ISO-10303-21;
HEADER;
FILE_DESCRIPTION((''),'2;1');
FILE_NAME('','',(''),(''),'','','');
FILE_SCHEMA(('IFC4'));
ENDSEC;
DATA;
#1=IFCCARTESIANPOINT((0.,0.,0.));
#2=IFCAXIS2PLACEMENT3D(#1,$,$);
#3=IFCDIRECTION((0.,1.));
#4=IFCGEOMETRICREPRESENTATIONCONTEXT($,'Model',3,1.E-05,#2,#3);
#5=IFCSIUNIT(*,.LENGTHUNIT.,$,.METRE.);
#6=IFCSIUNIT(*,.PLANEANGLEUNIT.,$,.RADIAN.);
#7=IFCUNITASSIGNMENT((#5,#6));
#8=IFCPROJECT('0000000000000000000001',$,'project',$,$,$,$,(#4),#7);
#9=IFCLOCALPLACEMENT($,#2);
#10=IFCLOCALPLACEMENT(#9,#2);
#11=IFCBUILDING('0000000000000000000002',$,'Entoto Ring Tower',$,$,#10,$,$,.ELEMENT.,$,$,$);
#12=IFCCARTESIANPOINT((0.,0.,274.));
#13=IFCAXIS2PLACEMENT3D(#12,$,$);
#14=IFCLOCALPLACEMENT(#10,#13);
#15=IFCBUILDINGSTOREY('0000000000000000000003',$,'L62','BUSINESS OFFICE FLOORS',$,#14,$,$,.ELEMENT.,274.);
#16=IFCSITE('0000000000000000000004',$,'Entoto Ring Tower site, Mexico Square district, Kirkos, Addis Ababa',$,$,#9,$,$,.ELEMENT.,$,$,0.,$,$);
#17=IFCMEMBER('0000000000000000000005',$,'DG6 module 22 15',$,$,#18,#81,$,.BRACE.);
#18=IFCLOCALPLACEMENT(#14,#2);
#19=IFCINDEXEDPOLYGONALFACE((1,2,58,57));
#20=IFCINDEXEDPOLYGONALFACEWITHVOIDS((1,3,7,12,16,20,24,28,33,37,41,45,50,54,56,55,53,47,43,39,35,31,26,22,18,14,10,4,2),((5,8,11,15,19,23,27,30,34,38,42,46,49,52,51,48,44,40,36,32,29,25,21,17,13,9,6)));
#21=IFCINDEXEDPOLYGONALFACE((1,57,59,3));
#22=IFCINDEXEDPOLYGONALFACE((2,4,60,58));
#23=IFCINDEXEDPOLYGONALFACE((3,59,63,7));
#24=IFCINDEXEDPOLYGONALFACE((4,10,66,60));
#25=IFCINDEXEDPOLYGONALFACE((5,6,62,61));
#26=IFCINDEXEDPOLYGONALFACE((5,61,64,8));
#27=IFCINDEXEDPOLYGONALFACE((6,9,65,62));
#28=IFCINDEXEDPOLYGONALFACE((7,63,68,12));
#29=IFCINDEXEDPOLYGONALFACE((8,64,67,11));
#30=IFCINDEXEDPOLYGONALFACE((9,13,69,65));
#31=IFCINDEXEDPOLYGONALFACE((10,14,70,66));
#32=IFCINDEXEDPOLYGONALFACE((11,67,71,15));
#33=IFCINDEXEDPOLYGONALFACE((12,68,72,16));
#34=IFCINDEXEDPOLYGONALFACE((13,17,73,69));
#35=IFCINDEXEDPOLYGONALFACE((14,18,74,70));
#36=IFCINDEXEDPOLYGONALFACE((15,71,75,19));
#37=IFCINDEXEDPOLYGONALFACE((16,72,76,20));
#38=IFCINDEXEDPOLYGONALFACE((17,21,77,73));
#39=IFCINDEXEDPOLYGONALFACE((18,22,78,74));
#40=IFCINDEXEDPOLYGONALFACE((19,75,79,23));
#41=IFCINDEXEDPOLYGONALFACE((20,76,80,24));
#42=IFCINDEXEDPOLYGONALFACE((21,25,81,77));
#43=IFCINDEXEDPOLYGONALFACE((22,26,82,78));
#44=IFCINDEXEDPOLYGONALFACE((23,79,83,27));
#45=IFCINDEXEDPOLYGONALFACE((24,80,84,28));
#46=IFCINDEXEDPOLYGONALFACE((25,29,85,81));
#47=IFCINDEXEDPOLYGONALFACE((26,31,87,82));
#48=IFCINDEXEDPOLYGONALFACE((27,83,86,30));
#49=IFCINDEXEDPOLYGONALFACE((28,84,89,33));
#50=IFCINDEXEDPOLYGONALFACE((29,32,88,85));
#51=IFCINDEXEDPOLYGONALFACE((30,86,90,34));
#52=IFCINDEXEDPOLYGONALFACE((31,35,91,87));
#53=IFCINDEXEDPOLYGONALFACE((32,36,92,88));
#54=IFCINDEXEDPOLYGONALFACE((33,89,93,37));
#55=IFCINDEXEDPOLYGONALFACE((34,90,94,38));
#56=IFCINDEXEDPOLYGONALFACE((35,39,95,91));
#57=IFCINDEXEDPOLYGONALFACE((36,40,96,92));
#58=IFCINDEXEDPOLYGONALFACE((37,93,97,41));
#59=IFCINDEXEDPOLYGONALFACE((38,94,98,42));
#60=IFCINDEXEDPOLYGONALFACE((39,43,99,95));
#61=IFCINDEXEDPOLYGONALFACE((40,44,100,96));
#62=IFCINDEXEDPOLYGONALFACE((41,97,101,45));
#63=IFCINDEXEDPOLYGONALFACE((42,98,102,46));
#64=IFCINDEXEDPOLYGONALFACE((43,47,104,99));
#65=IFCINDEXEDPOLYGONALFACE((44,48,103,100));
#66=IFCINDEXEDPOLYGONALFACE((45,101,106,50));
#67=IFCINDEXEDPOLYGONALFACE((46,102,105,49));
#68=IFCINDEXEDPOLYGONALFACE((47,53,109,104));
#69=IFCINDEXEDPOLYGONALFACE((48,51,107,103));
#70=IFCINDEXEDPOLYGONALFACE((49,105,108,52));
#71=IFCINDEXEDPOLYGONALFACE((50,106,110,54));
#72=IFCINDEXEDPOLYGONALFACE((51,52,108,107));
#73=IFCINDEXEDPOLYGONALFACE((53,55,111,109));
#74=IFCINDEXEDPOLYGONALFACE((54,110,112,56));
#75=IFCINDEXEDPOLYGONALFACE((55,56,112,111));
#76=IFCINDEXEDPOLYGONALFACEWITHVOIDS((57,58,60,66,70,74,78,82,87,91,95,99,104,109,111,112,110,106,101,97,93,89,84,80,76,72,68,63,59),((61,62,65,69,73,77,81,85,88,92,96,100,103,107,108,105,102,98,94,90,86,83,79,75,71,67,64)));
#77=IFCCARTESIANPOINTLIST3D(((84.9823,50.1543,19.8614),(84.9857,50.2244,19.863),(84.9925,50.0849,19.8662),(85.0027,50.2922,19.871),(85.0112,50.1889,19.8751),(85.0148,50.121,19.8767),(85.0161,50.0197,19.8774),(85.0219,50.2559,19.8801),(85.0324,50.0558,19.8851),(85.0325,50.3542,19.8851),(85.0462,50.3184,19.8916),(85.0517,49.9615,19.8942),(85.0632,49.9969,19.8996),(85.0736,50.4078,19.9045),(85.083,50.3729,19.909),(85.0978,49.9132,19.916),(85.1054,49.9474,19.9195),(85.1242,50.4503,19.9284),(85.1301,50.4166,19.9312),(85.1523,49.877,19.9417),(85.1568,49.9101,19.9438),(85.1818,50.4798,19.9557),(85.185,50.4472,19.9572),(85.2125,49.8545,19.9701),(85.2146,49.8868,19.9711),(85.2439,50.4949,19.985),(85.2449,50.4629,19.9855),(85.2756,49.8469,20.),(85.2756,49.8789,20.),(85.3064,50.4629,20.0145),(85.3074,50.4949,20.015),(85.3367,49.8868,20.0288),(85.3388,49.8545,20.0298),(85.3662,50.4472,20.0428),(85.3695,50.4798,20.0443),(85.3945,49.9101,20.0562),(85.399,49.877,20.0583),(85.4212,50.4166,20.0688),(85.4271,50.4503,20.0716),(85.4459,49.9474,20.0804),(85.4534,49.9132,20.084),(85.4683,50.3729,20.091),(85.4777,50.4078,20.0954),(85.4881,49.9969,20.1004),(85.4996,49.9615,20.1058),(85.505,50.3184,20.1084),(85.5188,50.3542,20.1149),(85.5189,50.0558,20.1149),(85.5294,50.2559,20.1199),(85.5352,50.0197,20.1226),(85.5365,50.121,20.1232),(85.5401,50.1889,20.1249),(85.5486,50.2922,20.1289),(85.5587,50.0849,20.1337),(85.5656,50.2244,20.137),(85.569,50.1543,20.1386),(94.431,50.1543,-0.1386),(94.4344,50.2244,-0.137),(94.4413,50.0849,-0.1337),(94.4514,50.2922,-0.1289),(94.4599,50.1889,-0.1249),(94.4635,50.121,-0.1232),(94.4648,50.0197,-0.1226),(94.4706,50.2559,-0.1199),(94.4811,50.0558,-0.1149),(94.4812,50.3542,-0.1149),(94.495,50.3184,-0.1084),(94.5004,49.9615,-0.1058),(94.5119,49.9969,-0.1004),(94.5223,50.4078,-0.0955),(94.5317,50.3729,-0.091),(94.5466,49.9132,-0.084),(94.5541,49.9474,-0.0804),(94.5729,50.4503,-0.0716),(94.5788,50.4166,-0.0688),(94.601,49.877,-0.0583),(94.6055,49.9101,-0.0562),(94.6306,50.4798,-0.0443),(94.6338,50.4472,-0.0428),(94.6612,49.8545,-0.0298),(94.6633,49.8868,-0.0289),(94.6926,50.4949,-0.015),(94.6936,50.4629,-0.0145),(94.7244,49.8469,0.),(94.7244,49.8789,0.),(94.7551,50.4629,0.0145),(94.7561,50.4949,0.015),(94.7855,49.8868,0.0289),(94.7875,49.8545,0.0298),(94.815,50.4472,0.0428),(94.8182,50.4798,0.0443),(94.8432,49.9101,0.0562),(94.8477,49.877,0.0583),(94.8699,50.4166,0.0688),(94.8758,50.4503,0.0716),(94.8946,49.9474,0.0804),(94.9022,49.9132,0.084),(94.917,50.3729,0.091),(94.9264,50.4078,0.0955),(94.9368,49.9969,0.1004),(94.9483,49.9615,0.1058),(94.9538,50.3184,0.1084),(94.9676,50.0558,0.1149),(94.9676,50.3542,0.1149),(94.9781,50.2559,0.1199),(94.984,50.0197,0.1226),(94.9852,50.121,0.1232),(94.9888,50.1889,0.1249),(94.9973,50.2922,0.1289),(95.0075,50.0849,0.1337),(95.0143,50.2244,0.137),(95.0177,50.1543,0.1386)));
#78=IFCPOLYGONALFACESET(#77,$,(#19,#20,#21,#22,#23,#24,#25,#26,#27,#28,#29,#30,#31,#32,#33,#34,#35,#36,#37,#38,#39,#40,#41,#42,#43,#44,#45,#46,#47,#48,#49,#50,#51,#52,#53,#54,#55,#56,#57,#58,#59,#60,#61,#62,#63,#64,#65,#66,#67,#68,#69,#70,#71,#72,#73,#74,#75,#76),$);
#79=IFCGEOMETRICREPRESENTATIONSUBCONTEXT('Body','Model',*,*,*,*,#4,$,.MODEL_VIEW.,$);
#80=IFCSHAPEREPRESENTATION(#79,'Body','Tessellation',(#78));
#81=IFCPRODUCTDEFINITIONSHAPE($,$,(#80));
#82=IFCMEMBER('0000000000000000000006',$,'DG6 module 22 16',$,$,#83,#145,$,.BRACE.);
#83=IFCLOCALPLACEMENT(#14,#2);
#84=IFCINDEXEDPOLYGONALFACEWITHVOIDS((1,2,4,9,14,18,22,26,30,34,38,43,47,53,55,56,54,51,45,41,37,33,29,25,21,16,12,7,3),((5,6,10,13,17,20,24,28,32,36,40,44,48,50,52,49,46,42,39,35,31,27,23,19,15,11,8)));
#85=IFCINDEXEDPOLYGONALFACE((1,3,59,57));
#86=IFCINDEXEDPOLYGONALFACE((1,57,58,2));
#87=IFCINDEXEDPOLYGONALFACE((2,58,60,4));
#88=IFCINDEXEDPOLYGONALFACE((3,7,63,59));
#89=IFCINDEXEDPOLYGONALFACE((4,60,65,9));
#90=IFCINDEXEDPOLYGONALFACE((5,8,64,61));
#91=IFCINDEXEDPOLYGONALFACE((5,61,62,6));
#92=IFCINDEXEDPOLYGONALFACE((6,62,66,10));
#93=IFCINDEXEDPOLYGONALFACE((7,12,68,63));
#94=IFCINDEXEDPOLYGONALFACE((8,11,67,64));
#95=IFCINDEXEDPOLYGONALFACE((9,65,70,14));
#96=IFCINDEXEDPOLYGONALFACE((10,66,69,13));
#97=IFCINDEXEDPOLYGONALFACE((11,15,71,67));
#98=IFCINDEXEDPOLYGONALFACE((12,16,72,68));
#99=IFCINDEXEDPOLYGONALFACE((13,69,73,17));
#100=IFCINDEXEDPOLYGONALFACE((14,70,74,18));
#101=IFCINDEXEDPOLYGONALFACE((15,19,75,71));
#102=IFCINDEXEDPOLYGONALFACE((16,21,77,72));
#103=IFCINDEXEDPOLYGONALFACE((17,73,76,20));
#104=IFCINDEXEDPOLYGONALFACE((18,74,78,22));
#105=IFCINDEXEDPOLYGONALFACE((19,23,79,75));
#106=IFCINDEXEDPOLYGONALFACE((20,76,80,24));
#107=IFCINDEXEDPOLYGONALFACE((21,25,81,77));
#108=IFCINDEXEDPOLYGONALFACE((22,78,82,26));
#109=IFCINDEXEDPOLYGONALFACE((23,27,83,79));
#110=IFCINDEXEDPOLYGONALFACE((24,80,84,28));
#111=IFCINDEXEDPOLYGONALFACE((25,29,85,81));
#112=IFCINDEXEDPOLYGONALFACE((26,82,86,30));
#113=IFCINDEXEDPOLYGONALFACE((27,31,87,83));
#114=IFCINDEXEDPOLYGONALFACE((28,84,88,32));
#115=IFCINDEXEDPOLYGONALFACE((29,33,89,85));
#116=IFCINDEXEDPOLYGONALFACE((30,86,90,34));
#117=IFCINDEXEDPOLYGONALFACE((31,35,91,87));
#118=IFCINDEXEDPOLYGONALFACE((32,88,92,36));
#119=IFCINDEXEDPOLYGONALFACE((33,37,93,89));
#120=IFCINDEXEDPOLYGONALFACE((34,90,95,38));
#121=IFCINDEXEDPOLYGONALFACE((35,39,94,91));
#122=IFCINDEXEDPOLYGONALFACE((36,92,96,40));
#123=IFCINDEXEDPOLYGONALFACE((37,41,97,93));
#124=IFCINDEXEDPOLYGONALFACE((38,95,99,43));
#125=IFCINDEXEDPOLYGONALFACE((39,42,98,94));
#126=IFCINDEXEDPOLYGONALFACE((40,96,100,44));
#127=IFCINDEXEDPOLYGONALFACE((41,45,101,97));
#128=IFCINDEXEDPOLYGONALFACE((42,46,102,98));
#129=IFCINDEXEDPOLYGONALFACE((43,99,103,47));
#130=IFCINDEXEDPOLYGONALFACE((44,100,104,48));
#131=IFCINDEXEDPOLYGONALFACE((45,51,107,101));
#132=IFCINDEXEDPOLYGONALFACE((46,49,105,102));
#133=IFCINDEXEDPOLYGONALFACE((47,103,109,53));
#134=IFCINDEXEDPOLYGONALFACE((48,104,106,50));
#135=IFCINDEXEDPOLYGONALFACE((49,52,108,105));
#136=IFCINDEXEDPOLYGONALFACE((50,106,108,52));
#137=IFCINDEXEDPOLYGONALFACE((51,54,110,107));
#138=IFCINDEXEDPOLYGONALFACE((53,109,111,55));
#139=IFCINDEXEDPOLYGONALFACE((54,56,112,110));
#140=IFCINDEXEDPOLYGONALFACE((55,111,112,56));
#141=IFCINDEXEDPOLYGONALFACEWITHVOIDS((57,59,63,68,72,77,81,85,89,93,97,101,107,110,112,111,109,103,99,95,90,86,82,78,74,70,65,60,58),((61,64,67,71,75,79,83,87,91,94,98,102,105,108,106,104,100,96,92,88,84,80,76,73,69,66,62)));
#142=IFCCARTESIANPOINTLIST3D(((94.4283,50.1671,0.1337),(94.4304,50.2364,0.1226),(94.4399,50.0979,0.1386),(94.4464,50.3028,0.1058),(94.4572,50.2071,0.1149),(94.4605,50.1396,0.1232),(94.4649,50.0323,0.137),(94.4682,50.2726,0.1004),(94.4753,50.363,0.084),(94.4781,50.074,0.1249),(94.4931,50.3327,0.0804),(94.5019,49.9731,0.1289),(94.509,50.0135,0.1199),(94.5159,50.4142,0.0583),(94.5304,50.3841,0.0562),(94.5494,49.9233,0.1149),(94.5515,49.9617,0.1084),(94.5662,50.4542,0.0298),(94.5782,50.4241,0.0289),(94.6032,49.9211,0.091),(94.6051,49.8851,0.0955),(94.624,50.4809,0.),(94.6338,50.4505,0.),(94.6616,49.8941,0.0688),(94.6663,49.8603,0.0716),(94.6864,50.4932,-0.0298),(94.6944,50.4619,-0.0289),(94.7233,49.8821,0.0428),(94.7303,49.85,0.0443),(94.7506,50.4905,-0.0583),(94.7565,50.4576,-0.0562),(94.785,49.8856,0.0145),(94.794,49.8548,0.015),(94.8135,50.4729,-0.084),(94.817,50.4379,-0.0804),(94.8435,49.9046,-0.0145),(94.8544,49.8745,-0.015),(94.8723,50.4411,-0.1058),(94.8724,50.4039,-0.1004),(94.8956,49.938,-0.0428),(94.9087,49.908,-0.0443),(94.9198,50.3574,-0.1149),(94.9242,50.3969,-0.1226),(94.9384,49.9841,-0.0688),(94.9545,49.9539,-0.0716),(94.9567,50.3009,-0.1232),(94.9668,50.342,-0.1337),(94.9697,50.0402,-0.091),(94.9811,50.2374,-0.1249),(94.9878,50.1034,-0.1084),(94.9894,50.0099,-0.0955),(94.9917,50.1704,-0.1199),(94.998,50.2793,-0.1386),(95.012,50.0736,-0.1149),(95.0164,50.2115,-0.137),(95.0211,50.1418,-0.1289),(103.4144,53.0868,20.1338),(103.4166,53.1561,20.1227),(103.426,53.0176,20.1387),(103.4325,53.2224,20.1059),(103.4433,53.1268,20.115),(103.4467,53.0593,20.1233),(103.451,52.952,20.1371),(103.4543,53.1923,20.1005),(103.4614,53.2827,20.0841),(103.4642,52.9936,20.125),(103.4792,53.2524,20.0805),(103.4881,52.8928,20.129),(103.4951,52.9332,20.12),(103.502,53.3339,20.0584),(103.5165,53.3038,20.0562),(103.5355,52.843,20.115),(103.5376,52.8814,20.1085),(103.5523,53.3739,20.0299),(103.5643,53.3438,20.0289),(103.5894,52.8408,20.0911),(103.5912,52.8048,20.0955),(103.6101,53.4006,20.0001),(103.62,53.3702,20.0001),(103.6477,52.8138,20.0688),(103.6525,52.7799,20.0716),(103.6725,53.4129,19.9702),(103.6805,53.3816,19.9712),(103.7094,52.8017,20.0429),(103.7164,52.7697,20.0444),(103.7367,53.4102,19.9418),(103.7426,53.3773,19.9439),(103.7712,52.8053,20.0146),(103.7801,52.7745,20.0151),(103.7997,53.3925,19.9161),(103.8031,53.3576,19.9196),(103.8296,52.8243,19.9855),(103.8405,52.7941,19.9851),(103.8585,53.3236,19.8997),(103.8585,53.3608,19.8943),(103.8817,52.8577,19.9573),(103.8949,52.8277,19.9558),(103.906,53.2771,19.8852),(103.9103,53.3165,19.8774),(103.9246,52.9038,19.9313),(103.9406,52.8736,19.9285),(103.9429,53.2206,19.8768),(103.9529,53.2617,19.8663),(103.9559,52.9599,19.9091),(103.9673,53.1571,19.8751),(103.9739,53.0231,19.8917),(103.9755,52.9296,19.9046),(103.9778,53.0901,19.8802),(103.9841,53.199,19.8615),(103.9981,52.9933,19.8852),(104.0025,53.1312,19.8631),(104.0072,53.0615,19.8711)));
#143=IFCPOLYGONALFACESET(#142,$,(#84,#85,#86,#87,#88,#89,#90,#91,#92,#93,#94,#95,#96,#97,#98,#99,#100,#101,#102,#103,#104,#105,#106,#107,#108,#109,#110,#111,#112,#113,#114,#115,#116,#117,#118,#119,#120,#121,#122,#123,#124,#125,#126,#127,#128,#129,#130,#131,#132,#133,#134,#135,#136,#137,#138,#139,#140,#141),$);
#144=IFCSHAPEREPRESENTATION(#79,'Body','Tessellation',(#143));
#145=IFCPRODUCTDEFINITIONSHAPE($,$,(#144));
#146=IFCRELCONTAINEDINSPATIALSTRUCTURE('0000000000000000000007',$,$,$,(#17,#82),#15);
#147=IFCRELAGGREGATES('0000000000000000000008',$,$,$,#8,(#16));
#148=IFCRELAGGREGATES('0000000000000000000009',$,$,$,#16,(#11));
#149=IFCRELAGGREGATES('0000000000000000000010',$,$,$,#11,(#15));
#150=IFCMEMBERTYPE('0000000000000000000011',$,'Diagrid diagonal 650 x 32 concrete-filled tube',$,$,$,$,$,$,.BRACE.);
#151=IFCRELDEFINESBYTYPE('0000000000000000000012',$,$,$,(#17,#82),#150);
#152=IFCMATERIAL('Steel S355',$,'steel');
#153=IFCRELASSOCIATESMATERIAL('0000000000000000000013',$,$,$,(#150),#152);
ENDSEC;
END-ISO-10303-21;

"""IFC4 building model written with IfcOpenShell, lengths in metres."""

from ifc_helpers import new_model, si_unit, direction, frame, origin, origin_2d, place, context, subcontext, project, spatial, circle, hollow_circle, extrude, material, material_profile, profile_set, type_object, element, save


model = new_model("IFC4")

# Units and contexts
model_context = context("Model", 3, precision=1e-05, world=origin(), true_north=direction((0.0, 1.0)))
body_context = subcontext(model_context, "Body", "Model", "MODEL_VIEW")
ifc_project = project(units=[si_unit("LENGTHUNIT", "METRE"), si_unit("PLANEANGLEUNIT", "RADIAN")], contexts=[model_context])

# Site, building, storey
site_placement = place(None, origin())
site = spatial("IfcSite", under=ifc_project, at=site_placement, Name="Entoto Ring Tower site, Mexico Square district, Kirkos, Addis Ababa", CompositionType="ELEMENT", RefElevation=0.0)
building_placement = place(site_placement, origin())
building = spatial("IfcBuilding", under=site, at=building_placement, Name="Entoto Ring Tower", CompositionType="ELEMENT")
storey_placement = place(building_placement, frame((0.0, 0.0, 274.0)))
storey = spatial("IfcBuildingStorey", under=building, at=storey_placement, Name="L62", Description="BUSINESS OFFICE FLOORS", CompositionType="ELEMENT", Elevation=274.0)

# Members
ifc_material_1 = material(Name="Steel S355", Category="steel")
ifc_material_profile_1 = material_profile(ifc_material_1, hollow_circle(Radius=0.325, WallThickness=0.032, at=origin_2d()), Name="CHS 650 x 32")
ifc_material_2 = material(Name="Concrete C60/75", Category="concrete")
ifc_material_profile_2 = material_profile(ifc_material_2, circle(Radius=0.293, at=origin_2d()), Name="Concrete C60/75 infill")
ifc_profile_set_1 = profile_set([ifc_material_profile_1, ifc_material_profile_2], Name="Steel S355")
member_type_1 = type_object("IfcMemberType", Name="Diagrid diagonal 650 x 32 concrete-filled tube", PredefinedType="BRACE", material=ifc_profile_set_1)
for number, where, z_axis, x_axis, name in (
    (1, (94.7244, 50.1719, 0.0), (-0.427165, 0.0, 0.904174), (0.0, -1.0, 0.0), "DG6 module 22 15"),
    (2, (94.7244, 50.1719, 0.0), (0.406251, 0.131995, 0.904178), (-0.30901, 0.951059, 0.0), "DG6 module 22 16"),
):
    element("IfcMember", number, at=place(storey_placement, frame(where, z_axis=z_axis, x_axis=x_axis)), inside=storey, type_object=member_type_1, Name=name, PredefinedType="BRACE", context=body_context, shape_type="SweptSolid", body=[
        extrude(hollow_circle(Radius=0.325, WallThickness=0.032, at=origin_2d()), origin(), (0.0, 0.0, 1.0), 22.1196),
    ])

save(model, "model.ifc")
